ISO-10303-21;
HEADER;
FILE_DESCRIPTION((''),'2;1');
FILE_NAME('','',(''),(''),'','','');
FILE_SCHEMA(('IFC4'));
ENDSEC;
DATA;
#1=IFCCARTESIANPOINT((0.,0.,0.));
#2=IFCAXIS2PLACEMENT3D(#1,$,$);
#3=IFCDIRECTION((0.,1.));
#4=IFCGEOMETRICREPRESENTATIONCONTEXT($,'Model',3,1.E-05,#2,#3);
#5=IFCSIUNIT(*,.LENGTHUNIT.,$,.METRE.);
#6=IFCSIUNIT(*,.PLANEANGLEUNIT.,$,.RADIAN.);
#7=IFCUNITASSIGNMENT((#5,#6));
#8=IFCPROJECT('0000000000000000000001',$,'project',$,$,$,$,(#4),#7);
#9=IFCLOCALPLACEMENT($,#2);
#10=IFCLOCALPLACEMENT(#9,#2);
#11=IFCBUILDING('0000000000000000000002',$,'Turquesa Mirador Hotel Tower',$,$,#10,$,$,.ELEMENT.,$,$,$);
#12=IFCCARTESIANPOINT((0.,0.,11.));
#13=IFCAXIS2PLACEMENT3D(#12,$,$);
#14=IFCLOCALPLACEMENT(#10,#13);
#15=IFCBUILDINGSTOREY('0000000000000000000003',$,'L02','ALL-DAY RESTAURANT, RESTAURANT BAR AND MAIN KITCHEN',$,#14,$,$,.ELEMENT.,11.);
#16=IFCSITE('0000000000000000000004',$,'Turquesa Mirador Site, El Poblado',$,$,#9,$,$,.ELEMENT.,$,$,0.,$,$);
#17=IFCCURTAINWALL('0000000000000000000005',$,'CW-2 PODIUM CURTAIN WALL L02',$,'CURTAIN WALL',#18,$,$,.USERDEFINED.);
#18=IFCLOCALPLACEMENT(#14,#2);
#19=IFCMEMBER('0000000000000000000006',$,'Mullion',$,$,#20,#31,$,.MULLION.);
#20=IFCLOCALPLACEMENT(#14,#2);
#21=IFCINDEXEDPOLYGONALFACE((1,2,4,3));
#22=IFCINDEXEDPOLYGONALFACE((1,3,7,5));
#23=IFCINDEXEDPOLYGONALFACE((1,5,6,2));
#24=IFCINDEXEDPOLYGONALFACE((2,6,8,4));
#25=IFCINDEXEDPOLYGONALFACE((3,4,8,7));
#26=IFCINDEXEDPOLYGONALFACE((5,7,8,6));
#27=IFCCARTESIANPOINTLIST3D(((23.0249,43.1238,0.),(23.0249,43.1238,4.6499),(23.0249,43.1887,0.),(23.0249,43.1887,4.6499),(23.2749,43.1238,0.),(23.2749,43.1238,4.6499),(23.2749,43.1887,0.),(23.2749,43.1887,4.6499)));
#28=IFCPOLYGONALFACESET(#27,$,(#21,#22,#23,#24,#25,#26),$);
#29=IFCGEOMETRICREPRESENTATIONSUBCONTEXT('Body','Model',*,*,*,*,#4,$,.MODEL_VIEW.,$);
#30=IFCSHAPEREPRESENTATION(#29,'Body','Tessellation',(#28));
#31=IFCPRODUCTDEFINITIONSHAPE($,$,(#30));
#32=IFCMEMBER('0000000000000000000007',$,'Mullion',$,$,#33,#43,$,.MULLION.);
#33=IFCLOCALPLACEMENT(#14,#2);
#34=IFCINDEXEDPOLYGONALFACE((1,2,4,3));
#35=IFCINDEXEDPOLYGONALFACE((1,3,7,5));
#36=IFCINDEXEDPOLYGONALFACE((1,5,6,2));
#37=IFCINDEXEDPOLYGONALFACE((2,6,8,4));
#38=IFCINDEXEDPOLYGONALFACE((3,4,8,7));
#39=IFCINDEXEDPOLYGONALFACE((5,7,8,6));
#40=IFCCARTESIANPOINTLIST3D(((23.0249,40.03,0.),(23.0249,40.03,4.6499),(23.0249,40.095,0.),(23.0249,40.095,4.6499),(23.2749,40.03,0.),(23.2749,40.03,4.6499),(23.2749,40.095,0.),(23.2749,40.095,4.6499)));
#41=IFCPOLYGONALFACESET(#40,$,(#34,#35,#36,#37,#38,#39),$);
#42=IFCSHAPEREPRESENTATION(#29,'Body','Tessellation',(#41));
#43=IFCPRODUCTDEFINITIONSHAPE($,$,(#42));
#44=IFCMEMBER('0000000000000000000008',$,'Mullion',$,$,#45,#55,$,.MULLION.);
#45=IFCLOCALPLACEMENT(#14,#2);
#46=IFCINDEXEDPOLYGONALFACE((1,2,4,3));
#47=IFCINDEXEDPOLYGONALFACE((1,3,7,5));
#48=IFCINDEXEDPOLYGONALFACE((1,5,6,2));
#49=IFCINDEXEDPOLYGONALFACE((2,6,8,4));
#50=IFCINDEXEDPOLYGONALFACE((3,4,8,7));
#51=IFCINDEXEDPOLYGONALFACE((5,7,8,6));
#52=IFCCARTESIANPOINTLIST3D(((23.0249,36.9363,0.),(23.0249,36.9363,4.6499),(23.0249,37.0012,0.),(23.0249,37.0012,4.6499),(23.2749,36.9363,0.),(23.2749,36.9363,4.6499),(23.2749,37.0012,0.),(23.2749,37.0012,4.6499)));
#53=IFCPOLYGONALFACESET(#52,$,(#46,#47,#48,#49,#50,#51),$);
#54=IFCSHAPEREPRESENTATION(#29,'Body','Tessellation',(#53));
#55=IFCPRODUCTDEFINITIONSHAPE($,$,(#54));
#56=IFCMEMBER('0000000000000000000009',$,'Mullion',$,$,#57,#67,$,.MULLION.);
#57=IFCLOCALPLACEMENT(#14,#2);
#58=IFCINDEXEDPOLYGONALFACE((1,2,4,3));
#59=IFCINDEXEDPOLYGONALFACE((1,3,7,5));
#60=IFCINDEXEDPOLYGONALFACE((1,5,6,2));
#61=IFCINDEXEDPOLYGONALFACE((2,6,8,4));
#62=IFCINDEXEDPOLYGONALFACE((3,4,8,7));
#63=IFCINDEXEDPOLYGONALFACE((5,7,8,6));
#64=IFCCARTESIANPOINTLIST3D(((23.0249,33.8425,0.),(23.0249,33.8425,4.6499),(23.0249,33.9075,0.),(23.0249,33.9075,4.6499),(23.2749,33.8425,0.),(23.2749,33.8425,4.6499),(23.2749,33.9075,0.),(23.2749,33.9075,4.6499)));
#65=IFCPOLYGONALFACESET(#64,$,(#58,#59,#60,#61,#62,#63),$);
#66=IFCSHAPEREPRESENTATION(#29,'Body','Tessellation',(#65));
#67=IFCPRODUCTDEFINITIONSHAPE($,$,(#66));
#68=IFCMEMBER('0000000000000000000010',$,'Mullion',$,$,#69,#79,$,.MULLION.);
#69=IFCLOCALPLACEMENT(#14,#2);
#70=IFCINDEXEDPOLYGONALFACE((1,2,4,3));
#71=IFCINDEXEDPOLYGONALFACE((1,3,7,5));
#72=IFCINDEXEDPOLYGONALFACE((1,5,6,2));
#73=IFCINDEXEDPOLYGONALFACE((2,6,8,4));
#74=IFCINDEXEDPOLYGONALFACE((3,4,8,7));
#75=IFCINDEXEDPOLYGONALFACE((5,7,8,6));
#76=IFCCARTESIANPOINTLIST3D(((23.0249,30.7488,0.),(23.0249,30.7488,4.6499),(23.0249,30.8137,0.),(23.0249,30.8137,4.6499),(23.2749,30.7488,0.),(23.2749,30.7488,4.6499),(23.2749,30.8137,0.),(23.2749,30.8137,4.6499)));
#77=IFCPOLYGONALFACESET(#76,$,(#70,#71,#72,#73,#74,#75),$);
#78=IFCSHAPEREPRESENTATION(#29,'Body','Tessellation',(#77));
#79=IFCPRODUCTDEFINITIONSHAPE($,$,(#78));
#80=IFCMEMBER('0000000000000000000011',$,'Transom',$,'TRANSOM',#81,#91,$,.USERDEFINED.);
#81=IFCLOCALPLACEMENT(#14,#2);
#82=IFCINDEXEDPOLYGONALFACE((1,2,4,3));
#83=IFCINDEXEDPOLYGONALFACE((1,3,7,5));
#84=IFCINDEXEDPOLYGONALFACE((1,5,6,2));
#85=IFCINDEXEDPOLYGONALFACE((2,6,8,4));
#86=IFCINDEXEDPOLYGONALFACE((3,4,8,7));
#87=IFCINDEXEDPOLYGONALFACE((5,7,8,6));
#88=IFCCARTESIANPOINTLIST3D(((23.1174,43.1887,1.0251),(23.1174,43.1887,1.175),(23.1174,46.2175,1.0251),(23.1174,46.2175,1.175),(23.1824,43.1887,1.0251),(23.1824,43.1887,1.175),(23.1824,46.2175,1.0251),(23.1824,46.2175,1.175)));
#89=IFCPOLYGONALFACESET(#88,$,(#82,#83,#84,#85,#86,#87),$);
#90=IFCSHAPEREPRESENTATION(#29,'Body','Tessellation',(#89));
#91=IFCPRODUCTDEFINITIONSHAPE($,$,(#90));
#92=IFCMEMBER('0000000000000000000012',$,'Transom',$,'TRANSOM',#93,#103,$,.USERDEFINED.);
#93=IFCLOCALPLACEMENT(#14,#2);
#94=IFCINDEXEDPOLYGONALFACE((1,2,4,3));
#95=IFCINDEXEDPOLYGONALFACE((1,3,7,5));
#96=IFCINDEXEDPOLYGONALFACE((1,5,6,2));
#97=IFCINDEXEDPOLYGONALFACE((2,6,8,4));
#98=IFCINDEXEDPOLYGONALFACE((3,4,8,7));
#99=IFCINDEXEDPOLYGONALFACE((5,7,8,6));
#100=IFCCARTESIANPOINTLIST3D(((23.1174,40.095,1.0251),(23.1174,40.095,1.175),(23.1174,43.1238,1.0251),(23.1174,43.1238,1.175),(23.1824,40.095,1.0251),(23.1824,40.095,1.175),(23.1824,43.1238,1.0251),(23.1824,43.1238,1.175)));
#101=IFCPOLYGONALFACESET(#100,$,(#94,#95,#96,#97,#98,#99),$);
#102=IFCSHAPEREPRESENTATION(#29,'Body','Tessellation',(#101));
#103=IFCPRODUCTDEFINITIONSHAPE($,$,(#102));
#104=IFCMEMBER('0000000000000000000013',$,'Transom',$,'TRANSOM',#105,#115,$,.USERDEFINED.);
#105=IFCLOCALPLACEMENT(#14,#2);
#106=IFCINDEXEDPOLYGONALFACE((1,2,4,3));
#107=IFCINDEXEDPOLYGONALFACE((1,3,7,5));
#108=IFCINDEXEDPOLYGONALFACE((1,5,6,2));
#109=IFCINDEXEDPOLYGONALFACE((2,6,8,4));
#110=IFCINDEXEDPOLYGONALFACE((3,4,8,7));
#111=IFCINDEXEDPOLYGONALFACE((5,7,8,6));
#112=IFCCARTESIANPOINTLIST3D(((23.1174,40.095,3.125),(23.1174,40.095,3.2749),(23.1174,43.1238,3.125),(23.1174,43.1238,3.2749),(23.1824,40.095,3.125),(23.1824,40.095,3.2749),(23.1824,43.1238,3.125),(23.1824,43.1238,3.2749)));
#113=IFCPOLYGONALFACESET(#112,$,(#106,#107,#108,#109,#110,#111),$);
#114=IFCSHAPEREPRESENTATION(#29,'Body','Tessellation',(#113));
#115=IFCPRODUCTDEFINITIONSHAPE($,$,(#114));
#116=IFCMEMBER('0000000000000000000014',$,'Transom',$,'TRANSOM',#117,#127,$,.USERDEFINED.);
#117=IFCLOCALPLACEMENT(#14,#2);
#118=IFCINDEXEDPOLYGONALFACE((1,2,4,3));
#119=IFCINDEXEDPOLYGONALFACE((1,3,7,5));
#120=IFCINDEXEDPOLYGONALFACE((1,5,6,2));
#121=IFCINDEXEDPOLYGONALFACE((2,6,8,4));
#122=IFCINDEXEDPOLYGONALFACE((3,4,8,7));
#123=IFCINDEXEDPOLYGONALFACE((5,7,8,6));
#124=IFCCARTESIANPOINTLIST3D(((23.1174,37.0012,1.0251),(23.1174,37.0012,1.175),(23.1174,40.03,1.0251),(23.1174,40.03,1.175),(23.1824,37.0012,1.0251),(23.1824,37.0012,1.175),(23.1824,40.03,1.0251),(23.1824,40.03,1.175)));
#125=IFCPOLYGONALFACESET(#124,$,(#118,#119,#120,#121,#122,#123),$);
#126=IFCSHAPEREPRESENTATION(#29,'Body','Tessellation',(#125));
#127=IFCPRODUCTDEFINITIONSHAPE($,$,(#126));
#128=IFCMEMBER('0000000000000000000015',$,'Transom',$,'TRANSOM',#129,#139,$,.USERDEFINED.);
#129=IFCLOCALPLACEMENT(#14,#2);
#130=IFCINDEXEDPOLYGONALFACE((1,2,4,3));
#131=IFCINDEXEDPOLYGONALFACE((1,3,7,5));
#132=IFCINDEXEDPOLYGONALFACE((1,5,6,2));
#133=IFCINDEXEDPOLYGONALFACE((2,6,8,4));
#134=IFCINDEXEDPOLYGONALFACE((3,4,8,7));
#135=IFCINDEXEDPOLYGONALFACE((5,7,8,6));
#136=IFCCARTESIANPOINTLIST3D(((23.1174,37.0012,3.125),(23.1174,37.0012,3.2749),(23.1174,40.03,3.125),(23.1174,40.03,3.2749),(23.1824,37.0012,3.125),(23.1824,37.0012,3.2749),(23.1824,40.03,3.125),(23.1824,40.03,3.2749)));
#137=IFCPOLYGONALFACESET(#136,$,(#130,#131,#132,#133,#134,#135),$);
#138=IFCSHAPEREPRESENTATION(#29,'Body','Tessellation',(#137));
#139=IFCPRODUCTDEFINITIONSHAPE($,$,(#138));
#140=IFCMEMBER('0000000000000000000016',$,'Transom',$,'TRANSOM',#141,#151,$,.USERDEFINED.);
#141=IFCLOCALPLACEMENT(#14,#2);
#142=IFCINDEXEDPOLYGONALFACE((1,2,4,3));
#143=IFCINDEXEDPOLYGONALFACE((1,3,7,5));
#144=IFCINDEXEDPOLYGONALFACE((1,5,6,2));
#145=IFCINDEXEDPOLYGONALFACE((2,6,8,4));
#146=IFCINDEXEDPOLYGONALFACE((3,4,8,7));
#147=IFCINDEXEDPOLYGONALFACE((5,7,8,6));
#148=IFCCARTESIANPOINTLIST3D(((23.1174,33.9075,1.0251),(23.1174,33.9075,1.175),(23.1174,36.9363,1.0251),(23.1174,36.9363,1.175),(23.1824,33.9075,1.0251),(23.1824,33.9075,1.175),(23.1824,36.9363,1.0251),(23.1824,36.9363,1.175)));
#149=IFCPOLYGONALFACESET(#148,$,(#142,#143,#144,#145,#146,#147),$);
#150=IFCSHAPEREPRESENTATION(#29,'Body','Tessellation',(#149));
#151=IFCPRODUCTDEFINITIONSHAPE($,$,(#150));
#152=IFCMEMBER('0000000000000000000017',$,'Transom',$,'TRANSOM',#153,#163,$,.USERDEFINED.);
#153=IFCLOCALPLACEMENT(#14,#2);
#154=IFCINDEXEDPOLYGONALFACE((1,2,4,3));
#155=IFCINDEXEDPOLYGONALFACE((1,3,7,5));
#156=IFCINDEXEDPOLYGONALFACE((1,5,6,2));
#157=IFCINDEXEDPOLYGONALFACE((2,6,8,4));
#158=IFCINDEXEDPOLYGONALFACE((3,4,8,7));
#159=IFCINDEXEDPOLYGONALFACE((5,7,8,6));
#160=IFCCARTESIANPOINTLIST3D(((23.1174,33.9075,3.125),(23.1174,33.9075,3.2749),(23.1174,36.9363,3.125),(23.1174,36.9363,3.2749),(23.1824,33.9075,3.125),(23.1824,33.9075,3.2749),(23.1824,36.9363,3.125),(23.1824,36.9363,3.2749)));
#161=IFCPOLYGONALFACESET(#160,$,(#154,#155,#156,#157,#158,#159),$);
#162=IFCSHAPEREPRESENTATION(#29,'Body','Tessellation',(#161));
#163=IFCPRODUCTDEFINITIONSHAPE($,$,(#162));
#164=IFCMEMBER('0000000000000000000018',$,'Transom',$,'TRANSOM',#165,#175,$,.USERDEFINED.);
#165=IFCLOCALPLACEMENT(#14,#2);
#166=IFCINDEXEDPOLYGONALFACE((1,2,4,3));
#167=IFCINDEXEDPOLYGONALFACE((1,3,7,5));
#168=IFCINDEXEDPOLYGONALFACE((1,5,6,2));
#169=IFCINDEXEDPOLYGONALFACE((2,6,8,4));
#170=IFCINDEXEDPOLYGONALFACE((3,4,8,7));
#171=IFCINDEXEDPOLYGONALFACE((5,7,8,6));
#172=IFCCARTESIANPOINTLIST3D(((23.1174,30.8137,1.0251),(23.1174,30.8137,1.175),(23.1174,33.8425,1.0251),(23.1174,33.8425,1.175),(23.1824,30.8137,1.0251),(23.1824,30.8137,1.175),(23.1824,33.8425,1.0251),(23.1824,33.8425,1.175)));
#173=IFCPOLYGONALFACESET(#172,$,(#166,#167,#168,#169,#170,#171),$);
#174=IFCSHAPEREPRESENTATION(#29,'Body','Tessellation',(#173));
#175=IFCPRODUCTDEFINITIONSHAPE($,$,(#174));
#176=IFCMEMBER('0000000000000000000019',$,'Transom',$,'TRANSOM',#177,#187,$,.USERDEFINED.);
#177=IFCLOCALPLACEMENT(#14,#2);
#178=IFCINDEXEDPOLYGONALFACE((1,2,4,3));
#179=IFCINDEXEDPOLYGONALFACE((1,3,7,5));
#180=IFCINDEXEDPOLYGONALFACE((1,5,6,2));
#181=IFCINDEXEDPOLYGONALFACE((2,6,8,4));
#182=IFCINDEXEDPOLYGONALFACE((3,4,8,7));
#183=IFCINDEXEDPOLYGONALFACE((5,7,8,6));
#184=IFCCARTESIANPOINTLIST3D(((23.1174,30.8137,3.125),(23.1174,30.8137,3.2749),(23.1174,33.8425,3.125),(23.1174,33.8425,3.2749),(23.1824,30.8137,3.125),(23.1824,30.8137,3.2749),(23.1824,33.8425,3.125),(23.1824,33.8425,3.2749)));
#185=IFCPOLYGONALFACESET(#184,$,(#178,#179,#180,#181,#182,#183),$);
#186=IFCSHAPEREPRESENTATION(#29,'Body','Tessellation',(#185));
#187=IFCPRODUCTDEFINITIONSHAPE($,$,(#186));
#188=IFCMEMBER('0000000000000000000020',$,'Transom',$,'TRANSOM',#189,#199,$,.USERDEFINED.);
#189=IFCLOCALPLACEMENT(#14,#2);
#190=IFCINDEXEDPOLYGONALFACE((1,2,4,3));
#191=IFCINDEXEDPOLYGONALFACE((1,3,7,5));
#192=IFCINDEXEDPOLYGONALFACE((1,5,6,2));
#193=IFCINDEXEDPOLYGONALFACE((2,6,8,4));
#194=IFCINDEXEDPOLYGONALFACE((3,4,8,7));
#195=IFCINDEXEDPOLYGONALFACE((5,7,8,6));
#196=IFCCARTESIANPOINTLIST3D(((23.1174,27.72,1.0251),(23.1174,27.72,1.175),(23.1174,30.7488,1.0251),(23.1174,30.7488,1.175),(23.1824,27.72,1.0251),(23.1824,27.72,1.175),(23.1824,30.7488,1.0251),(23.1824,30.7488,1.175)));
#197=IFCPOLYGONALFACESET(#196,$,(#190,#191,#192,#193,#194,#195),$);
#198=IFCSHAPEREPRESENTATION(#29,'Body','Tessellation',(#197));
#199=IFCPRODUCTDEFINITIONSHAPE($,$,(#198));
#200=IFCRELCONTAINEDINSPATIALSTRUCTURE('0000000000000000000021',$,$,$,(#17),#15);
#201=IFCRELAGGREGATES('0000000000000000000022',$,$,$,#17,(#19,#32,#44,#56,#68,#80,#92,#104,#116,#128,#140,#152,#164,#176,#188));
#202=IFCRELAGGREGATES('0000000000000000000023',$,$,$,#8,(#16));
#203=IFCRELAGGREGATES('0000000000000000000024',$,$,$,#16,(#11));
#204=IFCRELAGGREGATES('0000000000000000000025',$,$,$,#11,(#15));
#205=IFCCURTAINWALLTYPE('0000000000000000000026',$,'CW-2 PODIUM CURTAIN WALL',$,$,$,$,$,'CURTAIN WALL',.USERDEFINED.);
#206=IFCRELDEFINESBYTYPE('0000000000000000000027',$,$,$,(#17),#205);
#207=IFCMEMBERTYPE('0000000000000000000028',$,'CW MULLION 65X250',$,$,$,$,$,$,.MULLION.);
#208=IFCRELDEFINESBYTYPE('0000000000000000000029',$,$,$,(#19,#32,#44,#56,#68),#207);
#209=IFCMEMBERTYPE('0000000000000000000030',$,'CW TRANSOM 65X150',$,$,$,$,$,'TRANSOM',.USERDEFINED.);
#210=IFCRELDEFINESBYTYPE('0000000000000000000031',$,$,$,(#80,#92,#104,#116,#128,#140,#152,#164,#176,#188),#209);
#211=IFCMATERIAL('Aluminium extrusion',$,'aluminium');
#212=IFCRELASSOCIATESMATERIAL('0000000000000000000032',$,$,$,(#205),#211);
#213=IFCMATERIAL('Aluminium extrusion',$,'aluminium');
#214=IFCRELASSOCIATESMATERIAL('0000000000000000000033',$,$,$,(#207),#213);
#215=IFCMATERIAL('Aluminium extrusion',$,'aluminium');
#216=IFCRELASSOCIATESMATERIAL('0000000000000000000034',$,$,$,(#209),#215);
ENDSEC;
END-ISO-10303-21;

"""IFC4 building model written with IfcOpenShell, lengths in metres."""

from ifc_helpers import new_model, si_unit, direction, frame, origin, origin_2d, place, context, subcontext, project, spatial, rectangle, extrude, material, material_profile, profile_set, type_object, element, aggregate, save


model = new_model("IFC4")

# Units and contexts
model_context = context("Model", 3, precision=1e-05, world=origin(), true_north=direction((0.0, 1.0)))
body_context = subcontext(model_context, "Body", "Model", "MODEL_VIEW")
ifc_project = project(units=[si_unit("LENGTHUNIT", "METRE"), si_unit("PLANEANGLEUNIT", "RADIAN")], contexts=[model_context])

# Site, building, storey
site_placement = place(None, origin())
site = spatial("IfcSite", under=ifc_project, at=site_placement, Name="Turquesa Mirador Site, El Poblado", CompositionType="ELEMENT", RefElevation=0.0)
building_placement = place(site_placement, origin())
building = spatial("IfcBuilding", under=site, at=building_placement, Name="Turquesa Mirador Hotel Tower", CompositionType="ELEMENT")
storey_placement = place(building_placement, frame((0.0, 0.0, 11.0)))
storey = spatial("IfcBuildingStorey", under=building, at=storey_placement, Name="L02", Description="ALL-DAY RESTAURANT, RESTAURANT BAR AND MAIN KITCHEN", CompositionType="ELEMENT", Elevation=11.0)

# Curtain wall, members
ifc_material_1 = material(Name="Aluminium extrusion", Category="aluminium")
curtain_wall_type = type_object("IfcCurtainWallType", Name="CW-2 PODIUM CURTAIN WALL", ElementType="CURTAIN WALL", PredefinedType="USERDEFINED", material=ifc_material_1)
curtain_wall_placement = place(storey_placement, origin())
curtain_wall = element("IfcCurtainWall", 1, at=curtain_wall_placement, inside=storey, type_object=curtain_wall_type, Name="CW-2 PODIUM CURTAIN WALL L02", ObjectType="CURTAIN WALL", PredefinedType="USERDEFINED")
ifc_material_2 = material(Name="Aluminium extrusion", Category="aluminium")
ifc_material_profile_1 = material_profile(ifc_material_2, rectangle(XDim=0.0649, YDim=0.25, at=origin_2d()), Name="MULLION 65X250")
ifc_profile_set_1 = profile_set([ifc_material_profile_1], Name="Aluminium extrusion")
member_type_1 = type_object("IfcMemberType", Name="CW MULLION 65X250", PredefinedType="MULLION", material=ifc_profile_set_1)
member_1_placement = place(storey_placement, frame((23.1499, 43.1562, 0.0), z_axis=(0.0, 0.0, 1.0), x_axis=(0.0, -1.0, 0.0)))
member_1 = element("IfcMember", 2, at=member_1_placement, type_object=member_type_1, Name="Mullion", PredefinedType="MULLION", context=body_context, shape_type="SweptSolid", body=[
    extrude(rectangle(XDim=0.0649, YDim=0.25, at=origin_2d()), origin(), (0.0, 0.0, 1.0), 4.6499),
])
member_2_placement = place(storey_placement, frame((23.1499, 40.0625, 0.0), z_axis=(0.0, 0.0, 1.0), x_axis=(0.0, -1.0, 0.0)))
member_2 = element("IfcMember", 3, at=member_2_placement, type_object=member_type_1, Name="Mullion", PredefinedType="MULLION", context=body_context, shape_type="SweptSolid", body=[
    extrude(rectangle(XDim=0.0649, YDim=0.25, at=origin_2d()), origin(), (0.0, 0.0, 1.0), 4.6499),
])
member_3_placement = place(storey_placement, frame((23.1499, 36.9688, 0.0), z_axis=(0.0, 0.0, 1.0), x_axis=(0.0, -1.0, 0.0)))
member_3 = element("IfcMember", 4, at=member_3_placement, type_object=member_type_1, Name="Mullion", PredefinedType="MULLION", context=body_context, shape_type="SweptSolid", body=[
    extrude(rectangle(XDim=0.0649, YDim=0.25, at=origin_2d()), origin(), (0.0, 0.0, 1.0), 4.6499),
])
member_4_placement = place(storey_placement, frame((23.1499, 33.875, 0.0), z_axis=(0.0, 0.0, 1.0), x_axis=(0.0, -1.0, 0.0)))
member_4 = element("IfcMember", 5, at=member_4_placement, type_object=member_type_1, Name="Mullion", PredefinedType="MULLION", context=body_context, shape_type="SweptSolid", body=[
    extrude(rectangle(XDim=0.0649, YDim=0.25, at=origin_2d()), origin(), (0.0, 0.0, 1.0), 4.6499),
])
member_5_placement = place(storey_placement, frame((23.1499, 30.7812, 0.0), z_axis=(0.0, 0.0, 1.0), x_axis=(0.0, -1.0, 0.0)))
member_5 = element("IfcMember", 6, at=member_5_placement, type_object=member_type_1, Name="Mullion", PredefinedType="MULLION", context=body_context, shape_type="SweptSolid", body=[
    extrude(rectangle(XDim=0.0649, YDim=0.25, at=origin_2d()), origin(), (0.0, 0.0, 1.0), 4.6499),
])
ifc_material_3 = material(Name="Aluminium extrusion", Category="aluminium")
ifc_material_profile_2 = material_profile(ifc_material_3, rectangle(XDim=0.0649, YDim=0.1499, at=origin_2d()), Name="TRANSOM 65X150")
ifc_profile_set_2 = profile_set([ifc_material_profile_2], Name="Aluminium extrusion")
member_type_2 = type_object("IfcMemberType", Name="CW TRANSOM 65X150", ElementType="TRANSOM", PredefinedType="USERDEFINED", material=ifc_profile_set_2)
member_6_placement = place(storey_placement, frame((23.1499, 46.2175, 1.1001), z_axis=(0.0, -1.0, 0.0), x_axis=(1.0, 0.0, 0.0)))
member_6 = element("IfcMember", 7, at=member_6_placement, type_object=member_type_2, Name="Transom", ObjectType="TRANSOM", PredefinedType="USERDEFINED", context=body_context, shape_type="SweptSolid", body=[
    extrude(rectangle(XDim=0.0649, YDim=0.1499, at=origin_2d()), origin(), (0.0, 0.0, 1.0), 3.0288),
])
member_7_placement = place(storey_placement, frame((23.1499, 43.1238, 1.1001), z_axis=(0.0, -1.0, 0.0), x_axis=(1.0, 0.0, 0.0)))
member_7 = element("IfcMember", 8, at=member_7_placement, type_object=member_type_2, Name="Transom", ObjectType="TRANSOM", PredefinedType="USERDEFINED", context=body_context, shape_type="SweptSolid", body=[
    extrude(rectangle(XDim=0.0649, YDim=0.1499, at=origin_2d()), origin(), (0.0, 0.0, 1.0), 3.0288),
])
member_8_placement = place(storey_placement, frame((23.1499, 43.1238, 3.2), z_axis=(0.0, -1.0, 0.0), x_axis=(1.0, 0.0, 0.0)))
member_8 = element("IfcMember", 9, at=member_8_placement, type_object=member_type_2, Name="Transom", ObjectType="TRANSOM", PredefinedType="USERDEFINED", context=body_context, shape_type="SweptSolid", body=[
    extrude(rectangle(XDim=0.0649, YDim=0.1499, at=origin_2d()), origin(), (0.0, 0.0, 1.0), 3.0288),
])
member_9_placement = place(storey_placement, frame((23.1499, 40.03, 1.1001), z_axis=(0.0, -1.0, 0.0), x_axis=(1.0, 0.0, 0.0)))
member_9 = element("IfcMember", 10, at=member_9_placement, type_object=member_type_2, Name="Transom", ObjectType="TRANSOM", PredefinedType="USERDEFINED", context=body_context, shape_type="SweptSolid", body=[
    extrude(rectangle(XDim=0.0649, YDim=0.1499, at=origin_2d()), origin(), (0.0, 0.0, 1.0), 3.0288),
])
member_10_placement = place(storey_placement, frame((23.1499, 40.03, 3.2), z_axis=(0.0, -1.0, 0.0), x_axis=(1.0, 0.0, 0.0)))
member_10 = element("IfcMember", 11, at=member_10_placement, type_object=member_type_2, Name="Transom", ObjectType="TRANSOM", PredefinedType="USERDEFINED", context=body_context, shape_type="SweptSolid", body=[
    extrude(rectangle(XDim=0.0649, YDim=0.1499, at=origin_2d()), origin(), (0.0, 0.0, 1.0), 3.0288),
])
member_11_placement = place(storey_placement, frame((23.1499, 36.9363, 1.1001), z_axis=(0.0, -1.0, 0.0), x_axis=(1.0, 0.0, 0.0)))
member_11 = element("IfcMember", 12, at=member_11_placement, type_object=member_type_2, Name="Transom", ObjectType="TRANSOM", PredefinedType="USERDEFINED", context=body_context, shape_type="SweptSolid", body=[
    extrude(rectangle(XDim=0.0649, YDim=0.1499, at=origin_2d()), origin(), (0.0, 0.0, 1.0), 3.0288),
])
member_12_placement = place(storey_placement, frame((23.1499, 36.9363, 3.2), z_axis=(0.0, -1.0, 0.0), x_axis=(1.0, 0.0, 0.0)))
member_12 = element("IfcMember", 13, at=member_12_placement, type_object=member_type_2, Name="Transom", ObjectType="TRANSOM", PredefinedType="USERDEFINED", context=body_context, shape_type="SweptSolid", body=[
    extrude(rectangle(XDim=0.0649, YDim=0.1499, at=origin_2d()), origin(), (0.0, 0.0, 1.0), 3.0288),
])
member_13_placement = place(storey_placement, frame((23.1499, 33.8425, 1.1001), z_axis=(0.0, -1.0, 0.0), x_axis=(1.0, 0.0, 0.0)))
member_13 = element("IfcMember", 14, at=member_13_placement, type_object=member_type_2, Name="Transom", ObjectType="TRANSOM", PredefinedType="USERDEFINED", context=body_context, shape_type="SweptSolid", body=[
    extrude(rectangle(XDim=0.0649, YDim=0.1499, at=origin_2d()), origin(), (0.0, 0.0, 1.0), 3.0288),
])
member_14_placement = place(storey_placement, frame((23.1499, 33.8425, 3.2), z_axis=(0.0, -1.0, 0.0), x_axis=(1.0, 0.0, 0.0)))
member_14 = element("IfcMember", 15, at=member_14_placement, type_object=member_type_2, Name="Transom", ObjectType="TRANSOM", PredefinedType="USERDEFINED", context=body_context, shape_type="SweptSolid", body=[
    extrude(rectangle(XDim=0.0649, YDim=0.1499, at=origin_2d()), origin(), (0.0, 0.0, 1.0), 3.0288),
])
member_15_placement = place(storey_placement, frame((23.1499, 30.7488, 1.1001), z_axis=(0.0, -1.0, 0.0), x_axis=(1.0, 0.0, 0.0)))
member_15 = element("IfcMember", 16, at=member_15_placement, type_object=member_type_2, Name="Transom", ObjectType="TRANSOM", PredefinedType="USERDEFINED", context=body_context, shape_type="SweptSolid", body=[
    extrude(rectangle(XDim=0.0649, YDim=0.1499, at=origin_2d()), origin(), (0.0, 0.0, 1.0), 3.0288),
])
aggregate(curtain_wall, [member_1, member_2, member_3, member_4, member_5, member_6, member_7, member_8, member_9, member_10, member_11, member_12, member_13, member_14, member_15])

save(model, "model.ifc")
